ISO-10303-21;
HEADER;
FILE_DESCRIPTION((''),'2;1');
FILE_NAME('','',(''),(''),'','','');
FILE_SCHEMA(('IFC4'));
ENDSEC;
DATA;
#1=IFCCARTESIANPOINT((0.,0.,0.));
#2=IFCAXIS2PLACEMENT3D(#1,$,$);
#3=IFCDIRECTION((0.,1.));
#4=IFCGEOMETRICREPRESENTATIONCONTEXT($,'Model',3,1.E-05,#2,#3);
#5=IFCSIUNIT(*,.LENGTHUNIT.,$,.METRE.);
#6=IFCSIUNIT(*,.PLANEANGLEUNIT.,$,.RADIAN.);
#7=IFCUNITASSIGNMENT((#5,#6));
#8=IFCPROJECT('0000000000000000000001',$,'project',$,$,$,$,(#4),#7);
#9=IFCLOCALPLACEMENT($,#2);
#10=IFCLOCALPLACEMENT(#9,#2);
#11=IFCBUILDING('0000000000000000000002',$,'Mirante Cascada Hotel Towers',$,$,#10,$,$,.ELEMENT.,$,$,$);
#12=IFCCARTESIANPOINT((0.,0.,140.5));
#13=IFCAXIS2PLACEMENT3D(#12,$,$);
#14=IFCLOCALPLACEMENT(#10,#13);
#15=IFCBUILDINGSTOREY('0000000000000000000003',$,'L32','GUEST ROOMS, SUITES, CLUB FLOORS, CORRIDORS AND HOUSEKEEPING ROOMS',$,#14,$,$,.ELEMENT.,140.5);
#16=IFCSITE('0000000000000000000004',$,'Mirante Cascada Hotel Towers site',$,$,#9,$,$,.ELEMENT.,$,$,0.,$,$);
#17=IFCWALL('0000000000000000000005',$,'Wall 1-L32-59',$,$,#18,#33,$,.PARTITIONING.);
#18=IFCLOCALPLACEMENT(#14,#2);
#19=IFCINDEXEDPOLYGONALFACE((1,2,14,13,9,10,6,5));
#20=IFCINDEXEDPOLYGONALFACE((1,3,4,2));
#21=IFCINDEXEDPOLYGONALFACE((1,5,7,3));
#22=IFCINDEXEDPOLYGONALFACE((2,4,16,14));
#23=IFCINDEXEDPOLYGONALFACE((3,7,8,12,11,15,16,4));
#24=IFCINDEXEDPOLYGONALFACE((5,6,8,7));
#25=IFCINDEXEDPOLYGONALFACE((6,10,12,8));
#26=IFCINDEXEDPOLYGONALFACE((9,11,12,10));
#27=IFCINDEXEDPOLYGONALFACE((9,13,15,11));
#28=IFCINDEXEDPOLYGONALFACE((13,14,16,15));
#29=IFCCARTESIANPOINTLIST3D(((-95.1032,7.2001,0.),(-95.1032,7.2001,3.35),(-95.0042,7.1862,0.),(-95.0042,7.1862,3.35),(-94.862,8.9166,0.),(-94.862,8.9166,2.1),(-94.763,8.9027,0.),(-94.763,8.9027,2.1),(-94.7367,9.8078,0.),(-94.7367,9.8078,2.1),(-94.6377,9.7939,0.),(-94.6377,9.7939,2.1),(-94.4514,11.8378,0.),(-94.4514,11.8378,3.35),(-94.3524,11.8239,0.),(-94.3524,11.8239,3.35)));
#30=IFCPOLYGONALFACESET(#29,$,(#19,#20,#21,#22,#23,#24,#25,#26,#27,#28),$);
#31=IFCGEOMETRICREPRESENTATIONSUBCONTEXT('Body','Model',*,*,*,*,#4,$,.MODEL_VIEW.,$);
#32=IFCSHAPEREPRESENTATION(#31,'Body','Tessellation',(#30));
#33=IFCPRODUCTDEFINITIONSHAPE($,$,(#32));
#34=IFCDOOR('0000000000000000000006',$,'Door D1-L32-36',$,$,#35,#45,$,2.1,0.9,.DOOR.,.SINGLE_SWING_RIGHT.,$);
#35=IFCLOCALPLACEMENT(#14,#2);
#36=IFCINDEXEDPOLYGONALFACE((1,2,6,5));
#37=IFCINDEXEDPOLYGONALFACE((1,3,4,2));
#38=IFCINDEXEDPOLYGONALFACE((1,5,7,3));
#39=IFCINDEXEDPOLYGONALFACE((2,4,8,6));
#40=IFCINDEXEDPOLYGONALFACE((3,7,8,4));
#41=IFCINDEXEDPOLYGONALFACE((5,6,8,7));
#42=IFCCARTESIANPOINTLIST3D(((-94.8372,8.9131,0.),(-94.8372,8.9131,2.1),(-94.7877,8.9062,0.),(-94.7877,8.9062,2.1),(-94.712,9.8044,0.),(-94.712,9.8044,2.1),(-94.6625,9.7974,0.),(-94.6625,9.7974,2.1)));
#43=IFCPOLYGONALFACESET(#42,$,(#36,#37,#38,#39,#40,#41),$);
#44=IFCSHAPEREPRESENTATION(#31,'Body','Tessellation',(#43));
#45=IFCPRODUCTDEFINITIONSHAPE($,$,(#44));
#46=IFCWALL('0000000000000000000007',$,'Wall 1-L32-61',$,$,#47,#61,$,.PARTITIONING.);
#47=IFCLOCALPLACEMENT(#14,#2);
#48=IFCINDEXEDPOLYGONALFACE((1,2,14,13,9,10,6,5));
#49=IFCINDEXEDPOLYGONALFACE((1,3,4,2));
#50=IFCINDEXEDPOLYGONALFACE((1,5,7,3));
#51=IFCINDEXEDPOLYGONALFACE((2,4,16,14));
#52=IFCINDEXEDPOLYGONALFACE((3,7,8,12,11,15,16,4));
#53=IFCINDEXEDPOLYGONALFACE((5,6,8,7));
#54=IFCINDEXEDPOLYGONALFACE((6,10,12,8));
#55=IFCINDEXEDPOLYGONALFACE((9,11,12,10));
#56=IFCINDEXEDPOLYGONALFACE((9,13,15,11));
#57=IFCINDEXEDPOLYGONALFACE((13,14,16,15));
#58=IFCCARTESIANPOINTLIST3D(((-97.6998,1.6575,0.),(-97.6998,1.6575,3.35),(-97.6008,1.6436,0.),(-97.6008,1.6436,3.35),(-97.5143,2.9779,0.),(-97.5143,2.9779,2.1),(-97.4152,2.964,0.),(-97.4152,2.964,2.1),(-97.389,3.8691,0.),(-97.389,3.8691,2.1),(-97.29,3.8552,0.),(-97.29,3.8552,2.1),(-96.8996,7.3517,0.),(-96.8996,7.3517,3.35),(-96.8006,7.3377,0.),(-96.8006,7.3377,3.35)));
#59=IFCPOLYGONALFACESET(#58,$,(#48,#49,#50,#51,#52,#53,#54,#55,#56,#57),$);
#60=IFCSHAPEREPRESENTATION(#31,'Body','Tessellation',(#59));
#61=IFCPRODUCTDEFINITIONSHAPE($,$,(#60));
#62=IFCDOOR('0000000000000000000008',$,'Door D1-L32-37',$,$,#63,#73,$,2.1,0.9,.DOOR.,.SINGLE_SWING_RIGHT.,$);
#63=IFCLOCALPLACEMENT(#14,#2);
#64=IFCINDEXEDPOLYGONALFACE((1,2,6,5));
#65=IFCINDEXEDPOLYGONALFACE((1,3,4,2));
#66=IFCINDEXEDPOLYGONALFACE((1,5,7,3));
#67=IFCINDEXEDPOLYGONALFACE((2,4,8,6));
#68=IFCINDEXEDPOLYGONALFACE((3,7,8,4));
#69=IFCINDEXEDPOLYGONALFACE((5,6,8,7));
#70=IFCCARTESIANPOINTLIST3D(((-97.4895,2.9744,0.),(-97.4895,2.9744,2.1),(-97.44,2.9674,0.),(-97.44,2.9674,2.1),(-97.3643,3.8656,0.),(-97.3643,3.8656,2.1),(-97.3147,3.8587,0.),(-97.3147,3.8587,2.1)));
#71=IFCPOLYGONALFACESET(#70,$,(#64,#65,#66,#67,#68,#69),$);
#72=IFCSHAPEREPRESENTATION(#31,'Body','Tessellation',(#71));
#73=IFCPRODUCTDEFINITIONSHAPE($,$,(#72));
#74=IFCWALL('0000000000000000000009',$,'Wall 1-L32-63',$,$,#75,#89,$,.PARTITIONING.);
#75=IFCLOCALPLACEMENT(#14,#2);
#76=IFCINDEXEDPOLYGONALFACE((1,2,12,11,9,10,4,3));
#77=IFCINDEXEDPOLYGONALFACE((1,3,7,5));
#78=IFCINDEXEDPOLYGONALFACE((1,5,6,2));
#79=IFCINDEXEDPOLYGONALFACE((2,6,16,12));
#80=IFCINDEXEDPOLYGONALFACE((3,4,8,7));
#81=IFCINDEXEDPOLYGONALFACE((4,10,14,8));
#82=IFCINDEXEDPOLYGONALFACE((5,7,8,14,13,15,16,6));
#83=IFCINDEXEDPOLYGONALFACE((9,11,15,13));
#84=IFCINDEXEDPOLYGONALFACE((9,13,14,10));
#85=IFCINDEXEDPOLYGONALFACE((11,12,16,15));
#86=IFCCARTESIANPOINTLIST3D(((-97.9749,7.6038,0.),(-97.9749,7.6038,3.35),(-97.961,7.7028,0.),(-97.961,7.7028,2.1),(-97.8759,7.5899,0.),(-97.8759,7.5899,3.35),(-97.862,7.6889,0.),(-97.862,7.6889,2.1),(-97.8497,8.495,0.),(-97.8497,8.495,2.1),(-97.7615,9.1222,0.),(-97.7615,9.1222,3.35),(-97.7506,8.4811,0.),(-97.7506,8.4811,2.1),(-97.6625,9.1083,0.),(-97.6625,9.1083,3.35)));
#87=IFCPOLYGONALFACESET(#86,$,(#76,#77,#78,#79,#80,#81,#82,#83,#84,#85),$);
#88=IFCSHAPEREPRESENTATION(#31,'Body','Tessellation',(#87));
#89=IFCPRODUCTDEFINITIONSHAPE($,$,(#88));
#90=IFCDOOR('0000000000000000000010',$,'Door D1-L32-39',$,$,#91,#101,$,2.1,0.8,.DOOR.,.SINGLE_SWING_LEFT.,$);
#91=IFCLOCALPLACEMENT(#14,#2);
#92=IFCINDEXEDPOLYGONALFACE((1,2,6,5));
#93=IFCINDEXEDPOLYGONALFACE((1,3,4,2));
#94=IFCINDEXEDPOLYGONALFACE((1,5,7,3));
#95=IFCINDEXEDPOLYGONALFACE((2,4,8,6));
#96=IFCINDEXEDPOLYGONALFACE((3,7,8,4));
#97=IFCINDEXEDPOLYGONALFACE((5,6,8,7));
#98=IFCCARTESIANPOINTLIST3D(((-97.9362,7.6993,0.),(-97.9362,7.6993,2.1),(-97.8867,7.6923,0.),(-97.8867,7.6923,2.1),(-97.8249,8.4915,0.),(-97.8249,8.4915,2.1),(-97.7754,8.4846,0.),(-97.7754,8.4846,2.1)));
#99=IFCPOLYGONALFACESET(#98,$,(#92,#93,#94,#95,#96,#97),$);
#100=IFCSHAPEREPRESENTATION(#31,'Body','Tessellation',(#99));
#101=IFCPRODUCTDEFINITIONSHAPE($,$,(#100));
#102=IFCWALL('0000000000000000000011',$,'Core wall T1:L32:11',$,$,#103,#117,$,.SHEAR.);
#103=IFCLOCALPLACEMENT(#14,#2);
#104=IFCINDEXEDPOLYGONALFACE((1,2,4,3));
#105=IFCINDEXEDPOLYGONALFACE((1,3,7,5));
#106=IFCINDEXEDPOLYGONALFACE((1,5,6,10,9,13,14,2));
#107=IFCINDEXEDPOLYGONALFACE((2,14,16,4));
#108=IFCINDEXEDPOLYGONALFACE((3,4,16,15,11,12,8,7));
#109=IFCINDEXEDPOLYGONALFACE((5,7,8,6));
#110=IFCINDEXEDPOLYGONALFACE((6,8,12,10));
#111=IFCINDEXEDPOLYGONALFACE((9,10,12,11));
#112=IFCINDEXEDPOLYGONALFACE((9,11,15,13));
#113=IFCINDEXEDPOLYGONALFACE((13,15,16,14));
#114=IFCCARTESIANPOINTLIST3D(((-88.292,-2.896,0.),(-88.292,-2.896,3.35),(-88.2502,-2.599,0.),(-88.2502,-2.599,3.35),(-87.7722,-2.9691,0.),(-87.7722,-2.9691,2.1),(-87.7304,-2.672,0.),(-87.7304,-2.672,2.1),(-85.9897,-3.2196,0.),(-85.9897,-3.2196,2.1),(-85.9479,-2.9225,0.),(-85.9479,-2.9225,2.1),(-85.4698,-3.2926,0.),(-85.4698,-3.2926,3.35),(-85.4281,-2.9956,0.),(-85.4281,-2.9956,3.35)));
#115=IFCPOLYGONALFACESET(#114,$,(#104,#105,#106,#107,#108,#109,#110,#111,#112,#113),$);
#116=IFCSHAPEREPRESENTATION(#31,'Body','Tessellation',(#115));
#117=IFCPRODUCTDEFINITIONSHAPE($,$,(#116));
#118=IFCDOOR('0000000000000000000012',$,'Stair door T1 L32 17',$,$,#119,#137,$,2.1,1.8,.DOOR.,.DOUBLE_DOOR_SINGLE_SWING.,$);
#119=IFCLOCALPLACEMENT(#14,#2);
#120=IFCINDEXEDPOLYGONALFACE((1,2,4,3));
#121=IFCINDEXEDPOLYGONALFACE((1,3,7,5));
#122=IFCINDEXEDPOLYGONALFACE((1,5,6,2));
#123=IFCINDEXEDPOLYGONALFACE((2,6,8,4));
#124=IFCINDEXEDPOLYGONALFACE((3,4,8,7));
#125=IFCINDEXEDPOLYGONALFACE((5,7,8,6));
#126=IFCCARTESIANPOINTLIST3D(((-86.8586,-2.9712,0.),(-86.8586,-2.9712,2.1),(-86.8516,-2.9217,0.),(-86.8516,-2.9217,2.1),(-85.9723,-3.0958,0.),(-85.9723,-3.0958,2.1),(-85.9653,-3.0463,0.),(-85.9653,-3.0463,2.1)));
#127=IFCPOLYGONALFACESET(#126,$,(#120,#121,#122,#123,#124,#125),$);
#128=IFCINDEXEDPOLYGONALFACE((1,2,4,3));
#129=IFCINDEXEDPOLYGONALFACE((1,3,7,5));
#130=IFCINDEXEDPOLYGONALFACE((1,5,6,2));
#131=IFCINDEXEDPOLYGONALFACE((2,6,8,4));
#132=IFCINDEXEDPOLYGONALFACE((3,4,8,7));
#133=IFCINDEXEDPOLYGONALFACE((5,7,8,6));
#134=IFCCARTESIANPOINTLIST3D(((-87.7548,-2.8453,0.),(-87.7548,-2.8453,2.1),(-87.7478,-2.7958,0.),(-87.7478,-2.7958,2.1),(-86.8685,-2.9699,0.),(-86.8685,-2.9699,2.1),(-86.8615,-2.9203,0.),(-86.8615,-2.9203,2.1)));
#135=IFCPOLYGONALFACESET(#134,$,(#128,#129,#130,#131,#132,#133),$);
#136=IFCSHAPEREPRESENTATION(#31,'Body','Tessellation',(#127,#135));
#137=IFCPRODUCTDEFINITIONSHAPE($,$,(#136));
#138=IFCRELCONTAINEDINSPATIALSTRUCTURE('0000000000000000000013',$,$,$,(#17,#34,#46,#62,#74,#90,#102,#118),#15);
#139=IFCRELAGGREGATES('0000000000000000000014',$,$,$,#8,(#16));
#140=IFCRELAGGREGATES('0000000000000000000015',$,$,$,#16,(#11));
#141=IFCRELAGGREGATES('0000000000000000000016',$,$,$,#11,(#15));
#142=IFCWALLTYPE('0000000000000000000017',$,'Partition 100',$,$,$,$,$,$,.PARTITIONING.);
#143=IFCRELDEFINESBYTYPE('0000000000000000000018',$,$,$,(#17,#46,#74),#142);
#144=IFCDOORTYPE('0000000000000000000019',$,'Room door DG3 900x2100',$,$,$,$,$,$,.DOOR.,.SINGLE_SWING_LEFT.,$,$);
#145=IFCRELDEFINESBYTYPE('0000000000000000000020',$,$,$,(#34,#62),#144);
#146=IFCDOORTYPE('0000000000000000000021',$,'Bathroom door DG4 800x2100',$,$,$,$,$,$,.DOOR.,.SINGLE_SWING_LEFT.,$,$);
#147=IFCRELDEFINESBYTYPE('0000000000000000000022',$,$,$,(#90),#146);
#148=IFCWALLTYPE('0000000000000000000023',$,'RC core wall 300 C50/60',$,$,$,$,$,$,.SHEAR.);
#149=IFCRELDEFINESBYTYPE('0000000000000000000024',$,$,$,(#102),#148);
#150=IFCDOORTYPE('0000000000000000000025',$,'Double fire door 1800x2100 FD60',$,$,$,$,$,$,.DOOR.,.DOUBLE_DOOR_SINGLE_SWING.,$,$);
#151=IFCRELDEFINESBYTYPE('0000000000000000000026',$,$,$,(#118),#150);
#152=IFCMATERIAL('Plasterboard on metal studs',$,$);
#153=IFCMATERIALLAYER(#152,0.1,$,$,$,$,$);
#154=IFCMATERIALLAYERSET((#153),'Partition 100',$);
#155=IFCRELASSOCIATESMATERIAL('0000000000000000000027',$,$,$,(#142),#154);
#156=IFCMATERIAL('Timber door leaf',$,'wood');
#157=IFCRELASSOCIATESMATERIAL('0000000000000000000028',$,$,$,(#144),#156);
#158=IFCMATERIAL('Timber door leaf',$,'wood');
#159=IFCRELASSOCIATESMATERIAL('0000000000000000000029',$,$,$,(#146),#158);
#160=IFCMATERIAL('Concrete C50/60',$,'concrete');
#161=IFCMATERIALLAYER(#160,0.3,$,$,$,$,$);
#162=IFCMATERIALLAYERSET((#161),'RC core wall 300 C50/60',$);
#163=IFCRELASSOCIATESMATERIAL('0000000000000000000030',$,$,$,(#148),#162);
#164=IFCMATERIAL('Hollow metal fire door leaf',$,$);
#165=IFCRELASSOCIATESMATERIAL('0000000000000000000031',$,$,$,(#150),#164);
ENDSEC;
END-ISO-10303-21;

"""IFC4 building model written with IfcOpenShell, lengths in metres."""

from ifc_helpers import new_model, si_unit, direction, frame, frame_2d, origin, place, context, subcontext, project, spatial, rectangle, extrude, material, layer, layer_set, type_object, element, fill, save


model = new_model("IFC4")

# Units and contexts
model_context = context("Model", 3, precision=1e-05, world=origin(), true_north=direction((0.0, 1.0)))
body_context = subcontext(model_context, "Body", "Model", "MODEL_VIEW")
ifc_project = project(units=[si_unit("LENGTHUNIT", "METRE"), si_unit("PLANEANGLEUNIT", "RADIAN")], contexts=[model_context])

# Site, building, storey
site_placement = place(None, origin())
site = spatial("IfcSite", under=ifc_project, at=site_placement, Name="Mirante Cascada Hotel Towers site", CompositionType="ELEMENT", RefElevation=0.0)
building_placement = place(site_placement, origin())
building = spatial("IfcBuilding", under=site, at=building_placement, Name="Mirante Cascada Hotel Towers", CompositionType="ELEMENT")
storey_placement = place(building_placement, frame((0.0, 0.0, 140.5)))
storey = spatial("IfcBuildingStorey", under=building, at=storey_placement, Name="L32", Description="GUEST ROOMS, SUITES, CLUB FLOORS, CORRIDORS AND HOUSEKEEPING ROOMS", CompositionType="ELEMENT", Elevation=140.5)

# Shared definitions
ifc_material_1 = material(Name="Plasterboard on metal studs")
ifc_layer_1 = layer(ifc_material_1, 0.1)
ifc_layer_set_1 = layer_set([ifc_layer_1], Name="Partition 100")
wall_type_1 = type_object("IfcWallType", Name="Partition 100", PredefinedType="PARTITIONING", material=ifc_layer_set_1)

# Walls, openings, doors
wall_1_placement = place(storey_placement, frame((-95.0537, 7.1932, 0.0), z_axis=(0.0, 0.0, 1.0), x_axis=(0.139176, 0.990268, 0.0)))
wall_1 = element("IfcWall", 1, at=wall_1_placement, inside=storey, type_object=wall_type_1, Name="Wall 1-L32-59", PredefinedType="PARTITIONING", context=body_context, shape_type="SweptSolid", body=[
    extrude(rectangle(XDim=4.6833, YDim=0.1, at=frame_2d((2.3416, 0.0))), origin(), (0.0, 0.0, 1.0), 3.35),
])
opening_1_placement = place(wall_1_placement, frame((1.7333, 0.0, 0.0)))
opening_1 = element("IfcOpeningElement", 2, at=opening_1_placement, cuts=wall_1, PredefinedType="OPENING", context=body_context, shape_type="SweptSolid", body=[
    extrude(rectangle(XDim=0.9, YDim=2.1, at=frame_2d((0.45, 1.05))), frame((0.0, 0.05, 0.0), z_axis=(0.0, -1.0, 0.0), x_axis=(1.0, 0.0, 0.0)), (0.0, 0.0, 1.0), 0.1),
])
ifc_material_2 = material(Name="Timber door leaf", Category="wood")
door_type_1 = type_object("IfcDoorType", Name="Room door DG3 900x2100", OperationType="SINGLE_SWING_LEFT", PredefinedType="DOOR", material=ifc_material_2)
door_1_placement = place(opening_1_placement, frame((0.9, 0.0, 0.0), z_axis=(0.0, 0.0, 1.0), x_axis=(-1.0, 0.0, 0.0)))
door_1 = element("IfcDoor", 3, at=door_1_placement, inside=storey, type_object=door_type_1, Name="Door D1-L32-36", OperationType="SINGLE_SWING_RIGHT", OverallHeight=2.1, OverallWidth=0.9, PredefinedType="DOOR", context=body_context, shape_type="SweptSolid", body=[
    extrude(rectangle(XDim=0.9, YDim=2.1, at=frame_2d((0.45, 1.05))), frame((0.0, 0.025, 0.0), z_axis=(0.0, -1.0, 0.0), x_axis=(1.0, 0.0, 0.0)), (0.0, 0.0, 1.0), 0.05),
])
fill(opening_1, door_1)
wall_2_placement = place(storey_placement, frame((-97.6503, 1.6506, 0.0), z_axis=(0.0, 0.0, 1.0), x_axis=(0.139164, 0.990269, 0.0)))
wall_2 = element("IfcWall", 4, at=wall_2_placement, inside=storey, type_object=wall_type_1, Name="Wall 1-L32-61", PredefinedType="PARTITIONING", context=body_context, shape_type="SweptSolid", body=[
    extrude(rectangle(XDim=5.7501, YDim=0.1, at=frame_2d((2.875, 0.0))), origin(), (0.0, 0.0, 1.0), 3.35),
])
opening_2_placement = place(wall_2_placement, frame((1.3333, 0.0, 0.0)))
opening_2 = element("IfcOpeningElement", 5, at=opening_2_placement, cuts=wall_2, PredefinedType="OPENING", context=body_context, shape_type="SweptSolid", body=[
    extrude(rectangle(XDim=0.9, YDim=2.1, at=frame_2d((0.45, 1.05))), frame((0.0, 0.05, 0.0), z_axis=(0.0, -1.0, 0.0), x_axis=(1.0, 0.0, 0.0)), (0.0, 0.0, 1.0), 0.1),
])
door_2_placement = place(opening_2_placement, frame((0.9, 0.0, 0.0), z_axis=(0.0, 0.0, 1.0), x_axis=(-1.0, 0.0, 0.0)))
door_2 = element("IfcDoor", 6, at=door_2_placement, inside=storey, type_object=door_type_1, Name="Door D1-L32-37", OperationType="SINGLE_SWING_RIGHT", OverallHeight=2.1, OverallWidth=0.9, PredefinedType="DOOR", context=body_context, shape_type="SweptSolid", body=[
    extrude(rectangle(XDim=0.9, YDim=2.1, at=frame_2d((0.45, 1.05))), frame((0.0, 0.025, 0.0), z_axis=(0.0, -1.0, 0.0), x_axis=(1.0, 0.0, 0.0)), (0.0, 0.0, 1.0), 0.05),
])
fill(opening_2, door_2)
wall_3_placement = place(storey_placement, frame((-97.9254, 7.5968, 0.0), z_axis=(0.0, 0.0, 1.0), x_axis=(0.139175, 0.990268, 0.0)))
wall_3 = element("IfcWall", 7, at=wall_3_placement, inside=storey, type_object=wall_type_1, Name="Wall 1-L32-63", PredefinedType="PARTITIONING", context=body_context, shape_type="SweptSolid", body=[
    extrude(rectangle(XDim=1.5333, YDim=0.1, at=frame_2d((0.7667, 0.0))), origin(), (0.0, 0.0, 1.0), 3.35),
])
opening_3_placement = place(wall_3_placement, frame((0.1, 0.0, 0.0)))
opening_3 = element("IfcOpeningElement", 8, at=opening_3_placement, cuts=wall_3, PredefinedType="OPENING", context=body_context, shape_type="SweptSolid", body=[
    extrude(rectangle(XDim=0.8, YDim=2.1, at=frame_2d((0.4, 1.05))), frame((0.0, 0.05, 0.0), z_axis=(0.0, -1.0, 0.0), x_axis=(1.0, 0.0, 0.0)), (0.0, 0.0, 1.0), 0.1),
])
ifc_material_3 = material(Name="Timber door leaf", Category="wood")
door_type_2 = type_object("IfcDoorType", Name="Bathroom door DG4 800x2100", OperationType="SINGLE_SWING_LEFT", PredefinedType="DOOR", material=ifc_material_3)
door_3_placement = place(opening_3_placement, origin())
door_3 = element("IfcDoor", 9, at=door_3_placement, inside=storey, type_object=door_type_2, Name="Door D1-L32-39", OperationType="SINGLE_SWING_LEFT", OverallHeight=2.1, OverallWidth=0.8, PredefinedType="DOOR", context=body_context, shape_type="SweptSolid", body=[
    extrude(rectangle(XDim=0.8, YDim=2.1, at=frame_2d((0.4, 1.05))), frame((0.0, 0.025, 0.0), z_axis=(0.0, -1.0, 0.0), x_axis=(1.0, 0.0, 0.0)), (0.0, 0.0, 1.0), 0.05),
])
fill(opening_3, door_3)
ifc_material_4 = material(Name="Concrete C50/60", Category="concrete")
ifc_layer_2 = layer(ifc_material_4, 0.3)
ifc_layer_set_2 = layer_set([ifc_layer_2], Name="RC core wall 300 C50/60")
wall_type_2 = type_object("IfcWallType", Name="RC core wall 300 C50/60", PredefinedType="SHEAR", material=ifc_layer_set_2)
wall_4_placement = place(storey_placement, frame((-85.4489, -3.1441, 0.0), z_axis=(0.0, 0.0, 1.0), x_axis=(-0.99027, 0.139161, 0.0)))
wall_4 = element("IfcWall", 10, at=wall_4_placement, inside=storey, type_object=wall_type_2, Name="Core wall T1:L32:11", PredefinedType="SHEAR", context=body_context, shape_type="SweptSolid", body=[
    extrude(rectangle(XDim=2.8499, YDim=0.3, at=frame_2d((1.425, 0.0))), origin(), (0.0, 0.0, 1.0), 3.35),
])
opening_4_placement = place(wall_4_placement, frame((0.525, 0.0, 0.0)))
opening_4 = element("IfcOpeningElement", 11, at=opening_4_placement, cuts=wall_4, PredefinedType="OPENING", context=body_context, shape_type="SweptSolid", body=[
    extrude(rectangle(XDim=1.8, YDim=2.1, at=frame_2d((0.9, 1.05))), frame((0.0, 0.15, 0.0), z_axis=(0.0, -1.0, 0.0), x_axis=(1.0, 0.0, 0.0)), (0.0, 0.0, 1.0), 0.3),
])
ifc_material_5 = material(Name="Hollow metal fire door leaf")
door_type_3 = type_object("IfcDoorType", Name="Double fire door 1800x2100 FD60", OperationType="DOUBLE_DOOR_SINGLE_SWING", PredefinedType="DOOR", material=ifc_material_5)
door_4_placement = place(opening_4_placement, origin())
door_4 = element("IfcDoor", 12, at=door_4_placement, inside=storey, type_object=door_type_3, Name="Stair door T1 L32 17", OperationType="DOUBLE_DOOR_SINGLE_SWING", OverallHeight=2.1, OverallWidth=1.8, PredefinedType="DOOR", context=body_context, shape_type="SweptSolid", body=[
    extrude(rectangle(XDim=0.895, YDim=2.1, at=frame_2d((0.4475, 1.05))), frame((0.0, 0.025, 0.0), z_axis=(0.0, -1.0, 0.0), x_axis=(1.0, 0.0, 0.0)), (0.0, 0.0, 1.0), 0.05),
    extrude(rectangle(XDim=0.895, YDim=2.1, at=frame_2d((1.3525, 1.05))), frame((0.0, 0.025, 0.0), z_axis=(0.0, -1.0, 0.0), x_axis=(1.0, 0.0, 0.0)), (0.0, 0.0, 1.0), 0.05),
])
fill(opening_4, door_4)

save(model, "model.ifc")
